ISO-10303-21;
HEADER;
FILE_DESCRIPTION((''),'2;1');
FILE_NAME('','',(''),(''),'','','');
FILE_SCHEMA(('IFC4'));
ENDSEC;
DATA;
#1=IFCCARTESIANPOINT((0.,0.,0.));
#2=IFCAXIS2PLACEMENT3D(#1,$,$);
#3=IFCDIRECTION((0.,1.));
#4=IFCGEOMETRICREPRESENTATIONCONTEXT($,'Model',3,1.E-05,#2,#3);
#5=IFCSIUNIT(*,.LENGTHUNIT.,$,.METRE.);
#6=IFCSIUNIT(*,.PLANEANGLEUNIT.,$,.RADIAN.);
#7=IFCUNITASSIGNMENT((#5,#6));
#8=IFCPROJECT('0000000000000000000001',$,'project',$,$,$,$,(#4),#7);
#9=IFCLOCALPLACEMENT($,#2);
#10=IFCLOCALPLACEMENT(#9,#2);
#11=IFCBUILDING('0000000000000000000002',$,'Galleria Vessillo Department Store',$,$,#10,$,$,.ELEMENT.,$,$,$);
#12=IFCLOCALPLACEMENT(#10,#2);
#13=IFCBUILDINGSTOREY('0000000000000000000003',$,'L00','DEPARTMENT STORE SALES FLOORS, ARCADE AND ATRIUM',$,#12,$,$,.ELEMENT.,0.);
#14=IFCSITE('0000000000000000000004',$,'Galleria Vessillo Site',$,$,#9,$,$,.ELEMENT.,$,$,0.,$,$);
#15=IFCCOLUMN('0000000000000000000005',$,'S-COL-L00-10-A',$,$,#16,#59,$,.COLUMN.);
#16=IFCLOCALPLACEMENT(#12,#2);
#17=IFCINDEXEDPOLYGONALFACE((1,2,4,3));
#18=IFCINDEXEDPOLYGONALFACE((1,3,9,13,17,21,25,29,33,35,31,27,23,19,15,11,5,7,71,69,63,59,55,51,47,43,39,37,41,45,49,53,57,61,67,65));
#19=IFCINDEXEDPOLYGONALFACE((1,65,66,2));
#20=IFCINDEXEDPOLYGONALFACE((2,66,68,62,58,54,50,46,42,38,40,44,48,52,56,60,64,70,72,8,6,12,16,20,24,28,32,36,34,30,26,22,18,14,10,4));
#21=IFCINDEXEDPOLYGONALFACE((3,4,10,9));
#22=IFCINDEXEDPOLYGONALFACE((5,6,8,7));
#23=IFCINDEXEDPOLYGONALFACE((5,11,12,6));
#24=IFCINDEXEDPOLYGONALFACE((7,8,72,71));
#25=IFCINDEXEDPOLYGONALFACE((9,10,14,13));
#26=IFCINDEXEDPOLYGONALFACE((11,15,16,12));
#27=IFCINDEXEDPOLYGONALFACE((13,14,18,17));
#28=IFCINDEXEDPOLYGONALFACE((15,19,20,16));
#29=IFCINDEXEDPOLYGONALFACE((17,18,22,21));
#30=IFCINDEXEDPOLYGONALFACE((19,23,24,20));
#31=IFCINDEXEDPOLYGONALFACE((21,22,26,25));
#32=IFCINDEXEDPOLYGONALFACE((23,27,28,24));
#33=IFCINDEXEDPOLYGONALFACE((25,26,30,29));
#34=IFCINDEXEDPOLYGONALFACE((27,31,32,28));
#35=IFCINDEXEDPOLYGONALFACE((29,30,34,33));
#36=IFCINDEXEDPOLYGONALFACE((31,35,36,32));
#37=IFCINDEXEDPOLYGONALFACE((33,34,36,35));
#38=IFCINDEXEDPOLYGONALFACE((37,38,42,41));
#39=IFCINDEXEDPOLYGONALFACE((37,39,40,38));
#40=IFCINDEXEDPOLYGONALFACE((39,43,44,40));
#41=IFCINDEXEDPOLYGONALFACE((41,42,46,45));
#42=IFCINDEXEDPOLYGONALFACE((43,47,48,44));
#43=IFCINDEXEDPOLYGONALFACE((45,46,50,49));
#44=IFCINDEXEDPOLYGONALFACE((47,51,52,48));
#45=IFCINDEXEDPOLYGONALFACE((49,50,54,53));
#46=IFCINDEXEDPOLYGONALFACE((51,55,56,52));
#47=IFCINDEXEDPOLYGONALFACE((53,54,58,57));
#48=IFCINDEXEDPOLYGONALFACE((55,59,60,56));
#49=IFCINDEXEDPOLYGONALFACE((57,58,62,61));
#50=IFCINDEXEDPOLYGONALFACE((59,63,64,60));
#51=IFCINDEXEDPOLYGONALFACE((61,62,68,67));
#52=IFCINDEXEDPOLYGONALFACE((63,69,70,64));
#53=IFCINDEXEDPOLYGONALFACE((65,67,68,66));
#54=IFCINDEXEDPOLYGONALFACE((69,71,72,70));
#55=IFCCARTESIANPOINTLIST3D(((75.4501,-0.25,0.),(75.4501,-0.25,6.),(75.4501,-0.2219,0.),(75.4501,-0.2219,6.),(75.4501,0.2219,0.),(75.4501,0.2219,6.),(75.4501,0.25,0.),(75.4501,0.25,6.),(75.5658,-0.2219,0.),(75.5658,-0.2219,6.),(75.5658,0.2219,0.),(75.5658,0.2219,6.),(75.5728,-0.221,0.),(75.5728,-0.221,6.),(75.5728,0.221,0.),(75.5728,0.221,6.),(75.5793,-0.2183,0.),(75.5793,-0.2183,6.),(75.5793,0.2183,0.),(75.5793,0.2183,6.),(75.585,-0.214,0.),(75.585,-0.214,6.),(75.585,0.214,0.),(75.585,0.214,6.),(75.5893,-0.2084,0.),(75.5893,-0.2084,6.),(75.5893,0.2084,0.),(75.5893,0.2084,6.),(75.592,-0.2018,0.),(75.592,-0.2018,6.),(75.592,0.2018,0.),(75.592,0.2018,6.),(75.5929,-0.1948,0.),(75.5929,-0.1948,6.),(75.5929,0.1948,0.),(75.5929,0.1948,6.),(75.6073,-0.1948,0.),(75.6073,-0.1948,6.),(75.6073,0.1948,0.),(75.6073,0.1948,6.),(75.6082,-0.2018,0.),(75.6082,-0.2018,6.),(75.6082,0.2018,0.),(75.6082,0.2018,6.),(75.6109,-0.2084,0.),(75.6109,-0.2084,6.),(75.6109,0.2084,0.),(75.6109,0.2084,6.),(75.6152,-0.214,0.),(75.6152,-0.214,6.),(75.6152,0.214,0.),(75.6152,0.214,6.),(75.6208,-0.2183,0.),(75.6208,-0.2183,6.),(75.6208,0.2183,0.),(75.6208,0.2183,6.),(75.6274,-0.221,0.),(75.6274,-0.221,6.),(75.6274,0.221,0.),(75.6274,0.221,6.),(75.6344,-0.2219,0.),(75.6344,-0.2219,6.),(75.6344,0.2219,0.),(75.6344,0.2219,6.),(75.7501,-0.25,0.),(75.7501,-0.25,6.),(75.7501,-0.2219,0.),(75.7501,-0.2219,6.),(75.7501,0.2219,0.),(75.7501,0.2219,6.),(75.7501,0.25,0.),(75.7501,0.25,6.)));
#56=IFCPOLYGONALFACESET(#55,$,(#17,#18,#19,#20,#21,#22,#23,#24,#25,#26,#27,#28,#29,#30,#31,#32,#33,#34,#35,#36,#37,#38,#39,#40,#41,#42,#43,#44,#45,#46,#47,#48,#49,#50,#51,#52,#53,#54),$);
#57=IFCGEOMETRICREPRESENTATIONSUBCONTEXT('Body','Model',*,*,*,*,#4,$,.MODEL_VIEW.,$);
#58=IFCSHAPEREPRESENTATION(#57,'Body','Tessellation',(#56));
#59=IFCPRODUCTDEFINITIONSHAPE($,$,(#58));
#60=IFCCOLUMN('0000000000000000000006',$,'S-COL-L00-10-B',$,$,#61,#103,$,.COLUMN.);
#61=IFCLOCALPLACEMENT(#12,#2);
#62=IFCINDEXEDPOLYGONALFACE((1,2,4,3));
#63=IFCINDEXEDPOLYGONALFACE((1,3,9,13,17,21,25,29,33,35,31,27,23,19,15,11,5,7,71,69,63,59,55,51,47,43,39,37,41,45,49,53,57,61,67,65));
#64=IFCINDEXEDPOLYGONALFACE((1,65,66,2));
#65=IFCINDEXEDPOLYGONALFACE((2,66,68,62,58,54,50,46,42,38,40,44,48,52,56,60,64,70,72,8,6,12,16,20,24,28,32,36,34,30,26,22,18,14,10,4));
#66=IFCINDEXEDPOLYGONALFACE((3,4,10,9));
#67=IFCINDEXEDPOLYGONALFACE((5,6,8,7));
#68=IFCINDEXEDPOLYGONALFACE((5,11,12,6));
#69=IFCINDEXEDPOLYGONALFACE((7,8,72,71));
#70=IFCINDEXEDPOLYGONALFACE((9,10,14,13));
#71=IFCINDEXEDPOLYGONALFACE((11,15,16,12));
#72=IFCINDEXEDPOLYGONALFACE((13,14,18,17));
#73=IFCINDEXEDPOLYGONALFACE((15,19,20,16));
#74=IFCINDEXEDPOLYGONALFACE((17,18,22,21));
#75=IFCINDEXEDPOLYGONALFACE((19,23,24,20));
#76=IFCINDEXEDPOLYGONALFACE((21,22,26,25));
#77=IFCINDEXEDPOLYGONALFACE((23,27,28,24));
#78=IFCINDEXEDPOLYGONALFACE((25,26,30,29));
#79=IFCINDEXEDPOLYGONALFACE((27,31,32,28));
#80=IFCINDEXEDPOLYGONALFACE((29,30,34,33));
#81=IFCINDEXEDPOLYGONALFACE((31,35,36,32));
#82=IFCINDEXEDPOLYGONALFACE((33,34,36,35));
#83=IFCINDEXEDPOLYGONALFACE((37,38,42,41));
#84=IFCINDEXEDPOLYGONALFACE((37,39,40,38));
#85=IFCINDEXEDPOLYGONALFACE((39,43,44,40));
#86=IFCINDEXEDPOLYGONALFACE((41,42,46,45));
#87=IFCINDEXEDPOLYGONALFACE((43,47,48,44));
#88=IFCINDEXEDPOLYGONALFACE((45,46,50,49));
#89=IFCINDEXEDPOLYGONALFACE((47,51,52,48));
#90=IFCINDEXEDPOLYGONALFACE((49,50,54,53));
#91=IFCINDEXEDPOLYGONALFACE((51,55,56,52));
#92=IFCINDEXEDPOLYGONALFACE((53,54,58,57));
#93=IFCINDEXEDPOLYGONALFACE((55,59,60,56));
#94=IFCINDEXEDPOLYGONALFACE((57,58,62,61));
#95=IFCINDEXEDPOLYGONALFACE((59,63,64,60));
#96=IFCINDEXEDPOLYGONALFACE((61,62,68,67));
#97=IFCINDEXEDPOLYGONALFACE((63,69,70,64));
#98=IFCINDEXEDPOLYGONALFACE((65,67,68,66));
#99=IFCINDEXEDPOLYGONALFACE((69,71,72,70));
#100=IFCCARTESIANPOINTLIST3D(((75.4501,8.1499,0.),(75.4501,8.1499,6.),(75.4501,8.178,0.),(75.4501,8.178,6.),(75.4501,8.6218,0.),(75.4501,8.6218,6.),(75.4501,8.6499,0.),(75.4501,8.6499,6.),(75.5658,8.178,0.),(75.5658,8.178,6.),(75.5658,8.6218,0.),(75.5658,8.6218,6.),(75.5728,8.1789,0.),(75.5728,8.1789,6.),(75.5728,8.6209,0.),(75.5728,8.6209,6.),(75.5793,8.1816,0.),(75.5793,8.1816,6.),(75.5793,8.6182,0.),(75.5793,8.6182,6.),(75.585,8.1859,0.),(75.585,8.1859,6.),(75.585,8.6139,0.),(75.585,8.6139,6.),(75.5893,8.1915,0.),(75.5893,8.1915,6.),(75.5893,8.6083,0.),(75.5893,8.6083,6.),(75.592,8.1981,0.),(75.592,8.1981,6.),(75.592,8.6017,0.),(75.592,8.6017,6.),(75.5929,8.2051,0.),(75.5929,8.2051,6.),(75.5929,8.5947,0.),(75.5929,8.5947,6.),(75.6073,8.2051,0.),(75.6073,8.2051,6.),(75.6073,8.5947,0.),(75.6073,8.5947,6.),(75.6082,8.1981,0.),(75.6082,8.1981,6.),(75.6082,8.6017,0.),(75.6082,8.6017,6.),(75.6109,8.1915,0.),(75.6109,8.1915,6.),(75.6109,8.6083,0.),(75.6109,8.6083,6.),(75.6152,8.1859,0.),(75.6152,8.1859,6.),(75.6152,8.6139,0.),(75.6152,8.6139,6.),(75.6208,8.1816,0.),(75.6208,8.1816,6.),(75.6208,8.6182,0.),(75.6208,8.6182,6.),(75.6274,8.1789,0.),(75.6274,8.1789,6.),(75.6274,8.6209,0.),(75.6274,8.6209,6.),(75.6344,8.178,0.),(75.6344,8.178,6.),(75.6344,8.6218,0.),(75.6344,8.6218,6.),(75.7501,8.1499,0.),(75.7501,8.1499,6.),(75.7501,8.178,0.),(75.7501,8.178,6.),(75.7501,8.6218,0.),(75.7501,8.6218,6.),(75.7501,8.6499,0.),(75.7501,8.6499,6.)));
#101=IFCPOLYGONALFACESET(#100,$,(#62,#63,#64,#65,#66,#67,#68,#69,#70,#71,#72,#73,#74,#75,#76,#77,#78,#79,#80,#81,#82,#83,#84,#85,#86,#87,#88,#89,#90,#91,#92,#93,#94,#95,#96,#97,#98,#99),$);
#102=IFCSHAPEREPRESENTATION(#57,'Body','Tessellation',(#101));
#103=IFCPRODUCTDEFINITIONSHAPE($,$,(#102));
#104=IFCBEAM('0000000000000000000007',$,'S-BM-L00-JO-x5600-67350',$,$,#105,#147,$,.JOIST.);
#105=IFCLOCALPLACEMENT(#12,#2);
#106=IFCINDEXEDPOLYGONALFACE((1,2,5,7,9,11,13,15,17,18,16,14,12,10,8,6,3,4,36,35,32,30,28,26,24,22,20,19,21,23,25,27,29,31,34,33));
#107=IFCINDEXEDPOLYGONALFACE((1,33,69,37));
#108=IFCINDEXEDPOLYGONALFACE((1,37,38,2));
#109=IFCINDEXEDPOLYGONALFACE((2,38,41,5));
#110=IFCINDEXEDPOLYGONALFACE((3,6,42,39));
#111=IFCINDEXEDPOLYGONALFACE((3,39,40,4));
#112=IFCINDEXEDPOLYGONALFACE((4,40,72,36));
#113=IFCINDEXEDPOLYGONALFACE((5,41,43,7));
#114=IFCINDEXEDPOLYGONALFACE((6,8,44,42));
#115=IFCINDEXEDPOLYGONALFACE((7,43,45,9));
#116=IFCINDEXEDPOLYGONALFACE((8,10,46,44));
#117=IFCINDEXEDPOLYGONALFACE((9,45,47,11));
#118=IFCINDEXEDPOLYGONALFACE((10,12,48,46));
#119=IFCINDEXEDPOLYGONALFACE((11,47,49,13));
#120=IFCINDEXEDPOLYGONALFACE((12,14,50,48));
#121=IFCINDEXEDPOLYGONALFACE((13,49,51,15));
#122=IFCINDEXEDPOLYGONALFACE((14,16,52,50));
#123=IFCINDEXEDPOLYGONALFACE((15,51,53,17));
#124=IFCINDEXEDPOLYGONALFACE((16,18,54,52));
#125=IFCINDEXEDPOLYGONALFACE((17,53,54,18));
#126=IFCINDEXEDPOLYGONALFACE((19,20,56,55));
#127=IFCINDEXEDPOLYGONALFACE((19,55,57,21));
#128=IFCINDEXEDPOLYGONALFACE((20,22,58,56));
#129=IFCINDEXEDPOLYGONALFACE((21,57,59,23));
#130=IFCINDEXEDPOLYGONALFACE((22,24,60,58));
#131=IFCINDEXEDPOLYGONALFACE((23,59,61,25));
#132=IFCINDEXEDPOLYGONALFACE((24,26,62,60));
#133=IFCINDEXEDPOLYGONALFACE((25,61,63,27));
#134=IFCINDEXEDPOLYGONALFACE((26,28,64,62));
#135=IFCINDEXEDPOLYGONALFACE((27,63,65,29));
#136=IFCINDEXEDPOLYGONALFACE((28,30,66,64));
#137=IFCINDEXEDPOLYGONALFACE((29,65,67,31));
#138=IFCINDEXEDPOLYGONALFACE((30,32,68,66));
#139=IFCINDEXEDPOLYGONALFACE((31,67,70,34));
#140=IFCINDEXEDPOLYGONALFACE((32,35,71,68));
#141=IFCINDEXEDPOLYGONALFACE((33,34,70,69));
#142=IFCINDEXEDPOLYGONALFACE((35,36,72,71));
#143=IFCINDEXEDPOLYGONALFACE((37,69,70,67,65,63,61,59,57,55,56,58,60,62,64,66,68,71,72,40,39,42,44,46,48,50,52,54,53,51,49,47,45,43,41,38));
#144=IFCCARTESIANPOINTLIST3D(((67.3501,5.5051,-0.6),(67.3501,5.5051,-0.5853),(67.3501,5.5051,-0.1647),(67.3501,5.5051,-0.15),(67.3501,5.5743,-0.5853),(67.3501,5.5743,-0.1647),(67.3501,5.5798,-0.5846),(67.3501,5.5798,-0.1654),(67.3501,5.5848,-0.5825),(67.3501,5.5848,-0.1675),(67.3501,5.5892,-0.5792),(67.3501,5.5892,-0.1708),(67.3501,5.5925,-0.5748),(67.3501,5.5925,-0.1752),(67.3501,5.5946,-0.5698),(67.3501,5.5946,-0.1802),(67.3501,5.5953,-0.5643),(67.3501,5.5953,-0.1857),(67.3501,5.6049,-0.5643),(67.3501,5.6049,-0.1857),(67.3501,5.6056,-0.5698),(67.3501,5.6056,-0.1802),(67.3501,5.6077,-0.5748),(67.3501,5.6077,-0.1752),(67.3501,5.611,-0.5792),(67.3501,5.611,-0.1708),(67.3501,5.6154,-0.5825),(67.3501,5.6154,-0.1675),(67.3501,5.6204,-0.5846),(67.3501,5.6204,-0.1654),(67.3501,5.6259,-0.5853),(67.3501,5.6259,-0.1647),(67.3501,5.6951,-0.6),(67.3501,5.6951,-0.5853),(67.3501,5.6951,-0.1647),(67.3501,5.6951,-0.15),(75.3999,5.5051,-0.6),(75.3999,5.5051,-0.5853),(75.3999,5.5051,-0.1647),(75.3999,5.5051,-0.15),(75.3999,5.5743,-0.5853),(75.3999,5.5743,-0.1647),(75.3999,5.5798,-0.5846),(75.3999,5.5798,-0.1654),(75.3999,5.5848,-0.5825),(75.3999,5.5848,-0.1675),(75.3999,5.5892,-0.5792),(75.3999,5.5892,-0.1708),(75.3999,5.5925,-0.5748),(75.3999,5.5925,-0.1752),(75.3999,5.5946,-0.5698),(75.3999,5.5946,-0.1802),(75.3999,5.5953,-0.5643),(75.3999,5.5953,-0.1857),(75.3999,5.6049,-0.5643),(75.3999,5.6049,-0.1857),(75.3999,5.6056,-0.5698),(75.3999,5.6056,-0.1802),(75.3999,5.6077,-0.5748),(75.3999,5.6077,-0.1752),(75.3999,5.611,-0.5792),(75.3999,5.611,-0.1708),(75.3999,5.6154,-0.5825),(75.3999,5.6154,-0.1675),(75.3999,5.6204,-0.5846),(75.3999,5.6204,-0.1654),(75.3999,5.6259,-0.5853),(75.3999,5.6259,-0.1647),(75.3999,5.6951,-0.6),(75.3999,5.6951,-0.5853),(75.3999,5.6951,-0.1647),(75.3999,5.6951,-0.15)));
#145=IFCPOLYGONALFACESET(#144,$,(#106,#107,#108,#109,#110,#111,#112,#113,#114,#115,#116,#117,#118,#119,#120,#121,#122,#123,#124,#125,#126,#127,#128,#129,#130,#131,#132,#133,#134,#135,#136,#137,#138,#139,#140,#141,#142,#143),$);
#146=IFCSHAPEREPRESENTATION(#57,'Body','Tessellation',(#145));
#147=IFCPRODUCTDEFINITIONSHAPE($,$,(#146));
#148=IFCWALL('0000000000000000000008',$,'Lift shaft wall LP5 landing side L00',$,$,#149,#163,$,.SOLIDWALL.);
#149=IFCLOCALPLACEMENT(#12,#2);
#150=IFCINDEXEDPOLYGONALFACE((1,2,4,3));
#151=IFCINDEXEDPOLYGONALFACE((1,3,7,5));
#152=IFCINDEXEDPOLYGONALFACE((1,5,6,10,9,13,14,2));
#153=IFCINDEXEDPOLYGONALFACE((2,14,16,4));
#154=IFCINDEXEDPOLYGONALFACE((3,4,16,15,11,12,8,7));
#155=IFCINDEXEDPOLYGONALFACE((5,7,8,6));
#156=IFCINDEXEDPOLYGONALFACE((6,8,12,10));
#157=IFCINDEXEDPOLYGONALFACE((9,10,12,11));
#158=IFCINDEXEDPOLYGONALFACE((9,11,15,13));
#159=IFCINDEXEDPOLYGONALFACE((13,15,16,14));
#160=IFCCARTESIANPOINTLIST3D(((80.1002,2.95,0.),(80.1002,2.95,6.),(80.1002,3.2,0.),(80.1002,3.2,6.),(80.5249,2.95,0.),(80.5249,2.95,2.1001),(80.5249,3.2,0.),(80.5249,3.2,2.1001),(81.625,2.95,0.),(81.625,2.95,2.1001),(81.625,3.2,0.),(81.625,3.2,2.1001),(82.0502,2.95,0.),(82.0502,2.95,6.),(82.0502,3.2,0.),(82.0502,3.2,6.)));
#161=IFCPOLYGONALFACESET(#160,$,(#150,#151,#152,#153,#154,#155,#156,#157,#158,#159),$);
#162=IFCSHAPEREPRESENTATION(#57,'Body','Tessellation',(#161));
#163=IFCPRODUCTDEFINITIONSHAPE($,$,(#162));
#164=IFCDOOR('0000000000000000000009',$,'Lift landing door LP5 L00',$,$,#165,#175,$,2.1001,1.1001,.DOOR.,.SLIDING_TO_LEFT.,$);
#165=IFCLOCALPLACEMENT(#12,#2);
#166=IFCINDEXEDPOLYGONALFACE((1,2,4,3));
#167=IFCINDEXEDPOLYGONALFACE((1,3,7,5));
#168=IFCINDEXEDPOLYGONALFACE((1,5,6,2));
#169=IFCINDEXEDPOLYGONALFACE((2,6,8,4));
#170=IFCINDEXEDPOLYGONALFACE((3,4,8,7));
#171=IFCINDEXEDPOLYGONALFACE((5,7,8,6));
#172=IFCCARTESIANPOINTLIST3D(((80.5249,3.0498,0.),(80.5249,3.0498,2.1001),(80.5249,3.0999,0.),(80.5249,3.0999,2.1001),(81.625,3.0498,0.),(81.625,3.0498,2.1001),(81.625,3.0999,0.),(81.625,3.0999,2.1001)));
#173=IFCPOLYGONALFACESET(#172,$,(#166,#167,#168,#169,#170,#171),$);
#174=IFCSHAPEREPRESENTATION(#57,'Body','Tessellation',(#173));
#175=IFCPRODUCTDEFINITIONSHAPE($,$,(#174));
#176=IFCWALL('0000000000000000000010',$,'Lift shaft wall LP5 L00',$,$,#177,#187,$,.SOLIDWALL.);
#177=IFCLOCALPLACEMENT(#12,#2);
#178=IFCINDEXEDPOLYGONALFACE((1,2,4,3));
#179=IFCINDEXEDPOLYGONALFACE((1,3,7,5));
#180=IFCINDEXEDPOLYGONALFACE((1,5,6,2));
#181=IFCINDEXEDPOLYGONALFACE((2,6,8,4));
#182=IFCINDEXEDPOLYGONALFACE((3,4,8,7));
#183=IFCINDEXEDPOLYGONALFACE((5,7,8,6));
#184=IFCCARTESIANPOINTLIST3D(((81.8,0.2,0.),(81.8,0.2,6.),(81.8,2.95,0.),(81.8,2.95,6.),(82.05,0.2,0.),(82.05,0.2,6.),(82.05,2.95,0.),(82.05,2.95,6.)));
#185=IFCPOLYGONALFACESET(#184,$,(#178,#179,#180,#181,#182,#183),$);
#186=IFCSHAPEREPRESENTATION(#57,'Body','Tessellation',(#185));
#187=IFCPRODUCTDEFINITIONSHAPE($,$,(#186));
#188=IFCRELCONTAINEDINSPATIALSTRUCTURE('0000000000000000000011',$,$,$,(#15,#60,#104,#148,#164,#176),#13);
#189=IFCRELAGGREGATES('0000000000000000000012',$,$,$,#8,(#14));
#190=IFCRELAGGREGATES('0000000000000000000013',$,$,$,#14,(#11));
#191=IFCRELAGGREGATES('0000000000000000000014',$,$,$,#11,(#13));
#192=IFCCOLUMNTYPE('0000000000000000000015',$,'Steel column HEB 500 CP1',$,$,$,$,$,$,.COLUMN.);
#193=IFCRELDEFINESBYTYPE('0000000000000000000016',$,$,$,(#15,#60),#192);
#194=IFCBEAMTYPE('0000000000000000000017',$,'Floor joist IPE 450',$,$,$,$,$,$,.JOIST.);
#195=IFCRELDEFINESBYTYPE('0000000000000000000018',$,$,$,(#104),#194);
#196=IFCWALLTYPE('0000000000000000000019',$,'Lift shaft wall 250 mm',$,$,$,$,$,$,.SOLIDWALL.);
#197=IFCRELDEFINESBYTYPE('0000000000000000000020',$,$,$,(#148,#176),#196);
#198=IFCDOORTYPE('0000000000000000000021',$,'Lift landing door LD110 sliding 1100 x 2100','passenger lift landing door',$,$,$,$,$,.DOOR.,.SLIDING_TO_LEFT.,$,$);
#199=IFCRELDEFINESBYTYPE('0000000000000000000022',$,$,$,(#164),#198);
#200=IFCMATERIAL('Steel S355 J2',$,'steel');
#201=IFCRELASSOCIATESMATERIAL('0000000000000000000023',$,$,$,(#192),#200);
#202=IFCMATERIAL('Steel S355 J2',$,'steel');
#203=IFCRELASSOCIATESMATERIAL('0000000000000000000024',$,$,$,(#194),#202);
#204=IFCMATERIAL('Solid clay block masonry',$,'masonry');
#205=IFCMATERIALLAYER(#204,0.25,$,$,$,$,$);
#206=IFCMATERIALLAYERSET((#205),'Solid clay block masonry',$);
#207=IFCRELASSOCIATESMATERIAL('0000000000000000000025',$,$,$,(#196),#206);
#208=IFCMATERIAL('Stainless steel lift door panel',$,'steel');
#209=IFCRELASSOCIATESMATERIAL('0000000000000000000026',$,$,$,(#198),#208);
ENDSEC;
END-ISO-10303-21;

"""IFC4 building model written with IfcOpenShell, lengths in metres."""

from ifc_helpers import new_model, si_unit, direction, frame, frame_2d, origin, origin_2d, place, context, subcontext, project, spatial, rectangle, i_section, extrude, material, layer, layer_set, material_profile, profile_set, type_object, element, fill, save


model = new_model("IFC4")

# Units and contexts
model_context = context("Model", 3, precision=1e-05, world=origin(), true_north=direction((0.0, 1.0)))
body_context = subcontext(model_context, "Body", "Model", "MODEL_VIEW")
ifc_project = project(units=[si_unit("LENGTHUNIT", "METRE"), si_unit("PLANEANGLEUNIT", "RADIAN")], contexts=[model_context])

# Site, building, storey
site_placement = place(None, origin())
site = spatial("IfcSite", under=ifc_project, at=site_placement, Name="Galleria Vessillo Site", CompositionType="ELEMENT", RefElevation=0.0)
building_placement = place(site_placement, origin())
building = spatial("IfcBuilding", under=site, at=building_placement, Name="Galleria Vessillo Department Store", CompositionType="ELEMENT")
storey_placement = place(building_placement, origin())
storey = spatial("IfcBuildingStorey", under=building, at=storey_placement, Name="L00", Description="DEPARTMENT STORE SALES FLOORS, ARCADE AND ATRIUM", CompositionType="ELEMENT", Elevation=0.0)

# Columns
ifc_material_1 = material(Name="Steel S355 J2", Category="steel")
ifc_material_profile_1 = material_profile(ifc_material_1, i_section(OverallWidth=0.3, OverallDepth=0.5, WebThickness=0.0144, FlangeThickness=0.0281, FilletRadius=0.0271, at=origin_2d()), Name="HEB 500")
ifc_profile_set_1 = profile_set([ifc_material_profile_1], Name="Steel S355 J2")
column_type = type_object("IfcColumnType", Name="Steel column HEB 500 CP1", PredefinedType="COLUMN", material=ifc_profile_set_1)
for number, where, z_axis, x_axis, name in (
    (1, (75.6001, 0.0, 0.0), (0.0, 0.0, 1.0), (1.0, 0.0, 0.0), "S-COL-L00-10-A"),
    (2, (75.6001, 8.3999, 0.0), (0.0, 0.0, 1.0), (1.0, 0.0, 0.0), "S-COL-L00-10-B"),
):
    element("IfcColumn", number, at=place(storey_placement, frame(where, z_axis=z_axis, x_axis=x_axis)), inside=storey, type_object=column_type, Name=name, PredefinedType="COLUMN", context=body_context, shape_type="SweptSolid", body=[
        extrude(i_section(OverallWidth=0.3, OverallDepth=0.5, WebThickness=0.0144, FlangeThickness=0.0281, FilletRadius=0.0271, at=origin_2d()), origin(), (0.0, 0.0, 1.0), 6.0),
    ])

# Beam
ifc_material_2 = material(Name="Steel S355 J2", Category="steel")
ifc_material_profile_2 = material_profile(ifc_material_2, i_section(OverallWidth=0.1899, OverallDepth=0.45, WebThickness=0.0095, FlangeThickness=0.0146, FilletRadius=0.021, at=origin_2d()), Name="IPE 450")
ifc_profile_set_2 = profile_set([ifc_material_profile_2], Name="Steel S355 J2")
beam_type = type_object("IfcBeamType", Name="Floor joist IPE 450", PredefinedType="JOIST", material=ifc_profile_set_2)
beam_placement = place(storey_placement, frame((67.3501, 5.6001, -0.375), z_axis=(1.0, 0.0, 0.0), x_axis=(0.0, 1.0, 0.0)))
element("IfcBeam", 3, at=beam_placement, inside=storey, type_object=beam_type, Name="S-BM-L00-JO-x5600-67350", PredefinedType="JOIST", context=body_context, shape_type="SweptSolid", body=[
    extrude(i_section(OverallWidth=0.1899, OverallDepth=0.45, WebThickness=0.0095, FlangeThickness=0.0146, FilletRadius=0.021, at=origin_2d()), origin(), (0.0, 0.0, 1.0), 8.0498),
])

# Wall, opening, door
ifc_material_3 = material(Name="Solid clay block masonry", Category="masonry")
ifc_layer_1 = layer(ifc_material_3, 0.25)
ifc_layer_set_1 = layer_set([ifc_layer_1], Name="Solid clay block masonry")
wall_type_1 = type_object("IfcWallType", Name="Lift shaft wall 250 mm", PredefinedType="SOLIDWALL", material=ifc_layer_set_1)
wall_1_placement = place(storey_placement, frame((80.1001, 3.075, 0.0), z_axis=(0.0, 0.0, 1.0), x_axis=(1.0, 0.0, 0.0)))
wall_1 = element("IfcWall", 4, at=wall_1_placement, inside=storey, type_object=wall_type_1, Name="Lift shaft wall LP5 landing side L00", PredefinedType="SOLIDWALL", context=body_context, shape_type="SweptSolid", body=[
    extrude(rectangle(XDim=1.95, YDim=0.25, at=frame_2d((0.9751, 0.0))), origin(), (0.0, 0.0, 1.0), 6.0),
])
opening_1_placement = place(wall_1_placement, frame((0.4248, 0.0, 0.0)))
opening_1 = element("IfcOpeningElement", 5, at=opening_1_placement, cuts=wall_1, PredefinedType="OPENING", context=body_context, shape_type="SweptSolid", body=[
    extrude(rectangle(XDim=1.1001, YDim=2.1001, at=frame_2d((0.55, 1.05))), frame((0.0, 0.135, 0.0), z_axis=(0.0, -1.0, 0.0), x_axis=(1.0, 0.0, 0.0)), (0.0, 0.0, 1.0), 0.27),
])
ifc_material_4 = material(Name="Stainless steel lift door panel", Category="steel")
door_type_1 = type_object("IfcDoorType", Name="Lift landing door LD110 sliding 1100 x 2100", Description="passenger lift landing door", OperationType="SLIDING_TO_LEFT", PredefinedType="DOOR", material=ifc_material_4)
door_1_placement = place(opening_1_placement, origin())
door_1 = element("IfcDoor", 6, at=door_1_placement, inside=storey, type_object=door_type_1, Name="Lift landing door LP5 L00", OperationType="SLIDING_TO_LEFT", OverallHeight=2.1001, OverallWidth=1.1001, PredefinedType="DOOR", context=body_context, shape_type="SweptSolid", body=[
    extrude(rectangle(XDim=1.1001, YDim=2.1001, at=frame_2d((0.55, 1.05))), frame((0.0, 0.0249, 0.0), z_axis=(0.0, -1.0, 0.0), x_axis=(1.0, 0.0, 0.0)), (0.0, 0.0, 1.0), 0.05),
])
fill(opening_1, door_1)

# Wall
wall_2_placement = place(storey_placement, frame((81.925, 0.2, 0.0), z_axis=(0.0, 0.0, 1.0), x_axis=(0.0, 1.0, 0.0)))
element("IfcWall", 7, at=wall_2_placement, inside=storey, type_object=wall_type_1, Name="Lift shaft wall LP5 L00", PredefinedType="SOLIDWALL", context=body_context, shape_type="SweptSolid", body=[
    extrude(rectangle(XDim=2.75, YDim=0.25, at=frame_2d((1.375, 0.0))), origin(), (0.0, 0.0, 1.0), 6.0),
])

save(model, "model.ifc")
